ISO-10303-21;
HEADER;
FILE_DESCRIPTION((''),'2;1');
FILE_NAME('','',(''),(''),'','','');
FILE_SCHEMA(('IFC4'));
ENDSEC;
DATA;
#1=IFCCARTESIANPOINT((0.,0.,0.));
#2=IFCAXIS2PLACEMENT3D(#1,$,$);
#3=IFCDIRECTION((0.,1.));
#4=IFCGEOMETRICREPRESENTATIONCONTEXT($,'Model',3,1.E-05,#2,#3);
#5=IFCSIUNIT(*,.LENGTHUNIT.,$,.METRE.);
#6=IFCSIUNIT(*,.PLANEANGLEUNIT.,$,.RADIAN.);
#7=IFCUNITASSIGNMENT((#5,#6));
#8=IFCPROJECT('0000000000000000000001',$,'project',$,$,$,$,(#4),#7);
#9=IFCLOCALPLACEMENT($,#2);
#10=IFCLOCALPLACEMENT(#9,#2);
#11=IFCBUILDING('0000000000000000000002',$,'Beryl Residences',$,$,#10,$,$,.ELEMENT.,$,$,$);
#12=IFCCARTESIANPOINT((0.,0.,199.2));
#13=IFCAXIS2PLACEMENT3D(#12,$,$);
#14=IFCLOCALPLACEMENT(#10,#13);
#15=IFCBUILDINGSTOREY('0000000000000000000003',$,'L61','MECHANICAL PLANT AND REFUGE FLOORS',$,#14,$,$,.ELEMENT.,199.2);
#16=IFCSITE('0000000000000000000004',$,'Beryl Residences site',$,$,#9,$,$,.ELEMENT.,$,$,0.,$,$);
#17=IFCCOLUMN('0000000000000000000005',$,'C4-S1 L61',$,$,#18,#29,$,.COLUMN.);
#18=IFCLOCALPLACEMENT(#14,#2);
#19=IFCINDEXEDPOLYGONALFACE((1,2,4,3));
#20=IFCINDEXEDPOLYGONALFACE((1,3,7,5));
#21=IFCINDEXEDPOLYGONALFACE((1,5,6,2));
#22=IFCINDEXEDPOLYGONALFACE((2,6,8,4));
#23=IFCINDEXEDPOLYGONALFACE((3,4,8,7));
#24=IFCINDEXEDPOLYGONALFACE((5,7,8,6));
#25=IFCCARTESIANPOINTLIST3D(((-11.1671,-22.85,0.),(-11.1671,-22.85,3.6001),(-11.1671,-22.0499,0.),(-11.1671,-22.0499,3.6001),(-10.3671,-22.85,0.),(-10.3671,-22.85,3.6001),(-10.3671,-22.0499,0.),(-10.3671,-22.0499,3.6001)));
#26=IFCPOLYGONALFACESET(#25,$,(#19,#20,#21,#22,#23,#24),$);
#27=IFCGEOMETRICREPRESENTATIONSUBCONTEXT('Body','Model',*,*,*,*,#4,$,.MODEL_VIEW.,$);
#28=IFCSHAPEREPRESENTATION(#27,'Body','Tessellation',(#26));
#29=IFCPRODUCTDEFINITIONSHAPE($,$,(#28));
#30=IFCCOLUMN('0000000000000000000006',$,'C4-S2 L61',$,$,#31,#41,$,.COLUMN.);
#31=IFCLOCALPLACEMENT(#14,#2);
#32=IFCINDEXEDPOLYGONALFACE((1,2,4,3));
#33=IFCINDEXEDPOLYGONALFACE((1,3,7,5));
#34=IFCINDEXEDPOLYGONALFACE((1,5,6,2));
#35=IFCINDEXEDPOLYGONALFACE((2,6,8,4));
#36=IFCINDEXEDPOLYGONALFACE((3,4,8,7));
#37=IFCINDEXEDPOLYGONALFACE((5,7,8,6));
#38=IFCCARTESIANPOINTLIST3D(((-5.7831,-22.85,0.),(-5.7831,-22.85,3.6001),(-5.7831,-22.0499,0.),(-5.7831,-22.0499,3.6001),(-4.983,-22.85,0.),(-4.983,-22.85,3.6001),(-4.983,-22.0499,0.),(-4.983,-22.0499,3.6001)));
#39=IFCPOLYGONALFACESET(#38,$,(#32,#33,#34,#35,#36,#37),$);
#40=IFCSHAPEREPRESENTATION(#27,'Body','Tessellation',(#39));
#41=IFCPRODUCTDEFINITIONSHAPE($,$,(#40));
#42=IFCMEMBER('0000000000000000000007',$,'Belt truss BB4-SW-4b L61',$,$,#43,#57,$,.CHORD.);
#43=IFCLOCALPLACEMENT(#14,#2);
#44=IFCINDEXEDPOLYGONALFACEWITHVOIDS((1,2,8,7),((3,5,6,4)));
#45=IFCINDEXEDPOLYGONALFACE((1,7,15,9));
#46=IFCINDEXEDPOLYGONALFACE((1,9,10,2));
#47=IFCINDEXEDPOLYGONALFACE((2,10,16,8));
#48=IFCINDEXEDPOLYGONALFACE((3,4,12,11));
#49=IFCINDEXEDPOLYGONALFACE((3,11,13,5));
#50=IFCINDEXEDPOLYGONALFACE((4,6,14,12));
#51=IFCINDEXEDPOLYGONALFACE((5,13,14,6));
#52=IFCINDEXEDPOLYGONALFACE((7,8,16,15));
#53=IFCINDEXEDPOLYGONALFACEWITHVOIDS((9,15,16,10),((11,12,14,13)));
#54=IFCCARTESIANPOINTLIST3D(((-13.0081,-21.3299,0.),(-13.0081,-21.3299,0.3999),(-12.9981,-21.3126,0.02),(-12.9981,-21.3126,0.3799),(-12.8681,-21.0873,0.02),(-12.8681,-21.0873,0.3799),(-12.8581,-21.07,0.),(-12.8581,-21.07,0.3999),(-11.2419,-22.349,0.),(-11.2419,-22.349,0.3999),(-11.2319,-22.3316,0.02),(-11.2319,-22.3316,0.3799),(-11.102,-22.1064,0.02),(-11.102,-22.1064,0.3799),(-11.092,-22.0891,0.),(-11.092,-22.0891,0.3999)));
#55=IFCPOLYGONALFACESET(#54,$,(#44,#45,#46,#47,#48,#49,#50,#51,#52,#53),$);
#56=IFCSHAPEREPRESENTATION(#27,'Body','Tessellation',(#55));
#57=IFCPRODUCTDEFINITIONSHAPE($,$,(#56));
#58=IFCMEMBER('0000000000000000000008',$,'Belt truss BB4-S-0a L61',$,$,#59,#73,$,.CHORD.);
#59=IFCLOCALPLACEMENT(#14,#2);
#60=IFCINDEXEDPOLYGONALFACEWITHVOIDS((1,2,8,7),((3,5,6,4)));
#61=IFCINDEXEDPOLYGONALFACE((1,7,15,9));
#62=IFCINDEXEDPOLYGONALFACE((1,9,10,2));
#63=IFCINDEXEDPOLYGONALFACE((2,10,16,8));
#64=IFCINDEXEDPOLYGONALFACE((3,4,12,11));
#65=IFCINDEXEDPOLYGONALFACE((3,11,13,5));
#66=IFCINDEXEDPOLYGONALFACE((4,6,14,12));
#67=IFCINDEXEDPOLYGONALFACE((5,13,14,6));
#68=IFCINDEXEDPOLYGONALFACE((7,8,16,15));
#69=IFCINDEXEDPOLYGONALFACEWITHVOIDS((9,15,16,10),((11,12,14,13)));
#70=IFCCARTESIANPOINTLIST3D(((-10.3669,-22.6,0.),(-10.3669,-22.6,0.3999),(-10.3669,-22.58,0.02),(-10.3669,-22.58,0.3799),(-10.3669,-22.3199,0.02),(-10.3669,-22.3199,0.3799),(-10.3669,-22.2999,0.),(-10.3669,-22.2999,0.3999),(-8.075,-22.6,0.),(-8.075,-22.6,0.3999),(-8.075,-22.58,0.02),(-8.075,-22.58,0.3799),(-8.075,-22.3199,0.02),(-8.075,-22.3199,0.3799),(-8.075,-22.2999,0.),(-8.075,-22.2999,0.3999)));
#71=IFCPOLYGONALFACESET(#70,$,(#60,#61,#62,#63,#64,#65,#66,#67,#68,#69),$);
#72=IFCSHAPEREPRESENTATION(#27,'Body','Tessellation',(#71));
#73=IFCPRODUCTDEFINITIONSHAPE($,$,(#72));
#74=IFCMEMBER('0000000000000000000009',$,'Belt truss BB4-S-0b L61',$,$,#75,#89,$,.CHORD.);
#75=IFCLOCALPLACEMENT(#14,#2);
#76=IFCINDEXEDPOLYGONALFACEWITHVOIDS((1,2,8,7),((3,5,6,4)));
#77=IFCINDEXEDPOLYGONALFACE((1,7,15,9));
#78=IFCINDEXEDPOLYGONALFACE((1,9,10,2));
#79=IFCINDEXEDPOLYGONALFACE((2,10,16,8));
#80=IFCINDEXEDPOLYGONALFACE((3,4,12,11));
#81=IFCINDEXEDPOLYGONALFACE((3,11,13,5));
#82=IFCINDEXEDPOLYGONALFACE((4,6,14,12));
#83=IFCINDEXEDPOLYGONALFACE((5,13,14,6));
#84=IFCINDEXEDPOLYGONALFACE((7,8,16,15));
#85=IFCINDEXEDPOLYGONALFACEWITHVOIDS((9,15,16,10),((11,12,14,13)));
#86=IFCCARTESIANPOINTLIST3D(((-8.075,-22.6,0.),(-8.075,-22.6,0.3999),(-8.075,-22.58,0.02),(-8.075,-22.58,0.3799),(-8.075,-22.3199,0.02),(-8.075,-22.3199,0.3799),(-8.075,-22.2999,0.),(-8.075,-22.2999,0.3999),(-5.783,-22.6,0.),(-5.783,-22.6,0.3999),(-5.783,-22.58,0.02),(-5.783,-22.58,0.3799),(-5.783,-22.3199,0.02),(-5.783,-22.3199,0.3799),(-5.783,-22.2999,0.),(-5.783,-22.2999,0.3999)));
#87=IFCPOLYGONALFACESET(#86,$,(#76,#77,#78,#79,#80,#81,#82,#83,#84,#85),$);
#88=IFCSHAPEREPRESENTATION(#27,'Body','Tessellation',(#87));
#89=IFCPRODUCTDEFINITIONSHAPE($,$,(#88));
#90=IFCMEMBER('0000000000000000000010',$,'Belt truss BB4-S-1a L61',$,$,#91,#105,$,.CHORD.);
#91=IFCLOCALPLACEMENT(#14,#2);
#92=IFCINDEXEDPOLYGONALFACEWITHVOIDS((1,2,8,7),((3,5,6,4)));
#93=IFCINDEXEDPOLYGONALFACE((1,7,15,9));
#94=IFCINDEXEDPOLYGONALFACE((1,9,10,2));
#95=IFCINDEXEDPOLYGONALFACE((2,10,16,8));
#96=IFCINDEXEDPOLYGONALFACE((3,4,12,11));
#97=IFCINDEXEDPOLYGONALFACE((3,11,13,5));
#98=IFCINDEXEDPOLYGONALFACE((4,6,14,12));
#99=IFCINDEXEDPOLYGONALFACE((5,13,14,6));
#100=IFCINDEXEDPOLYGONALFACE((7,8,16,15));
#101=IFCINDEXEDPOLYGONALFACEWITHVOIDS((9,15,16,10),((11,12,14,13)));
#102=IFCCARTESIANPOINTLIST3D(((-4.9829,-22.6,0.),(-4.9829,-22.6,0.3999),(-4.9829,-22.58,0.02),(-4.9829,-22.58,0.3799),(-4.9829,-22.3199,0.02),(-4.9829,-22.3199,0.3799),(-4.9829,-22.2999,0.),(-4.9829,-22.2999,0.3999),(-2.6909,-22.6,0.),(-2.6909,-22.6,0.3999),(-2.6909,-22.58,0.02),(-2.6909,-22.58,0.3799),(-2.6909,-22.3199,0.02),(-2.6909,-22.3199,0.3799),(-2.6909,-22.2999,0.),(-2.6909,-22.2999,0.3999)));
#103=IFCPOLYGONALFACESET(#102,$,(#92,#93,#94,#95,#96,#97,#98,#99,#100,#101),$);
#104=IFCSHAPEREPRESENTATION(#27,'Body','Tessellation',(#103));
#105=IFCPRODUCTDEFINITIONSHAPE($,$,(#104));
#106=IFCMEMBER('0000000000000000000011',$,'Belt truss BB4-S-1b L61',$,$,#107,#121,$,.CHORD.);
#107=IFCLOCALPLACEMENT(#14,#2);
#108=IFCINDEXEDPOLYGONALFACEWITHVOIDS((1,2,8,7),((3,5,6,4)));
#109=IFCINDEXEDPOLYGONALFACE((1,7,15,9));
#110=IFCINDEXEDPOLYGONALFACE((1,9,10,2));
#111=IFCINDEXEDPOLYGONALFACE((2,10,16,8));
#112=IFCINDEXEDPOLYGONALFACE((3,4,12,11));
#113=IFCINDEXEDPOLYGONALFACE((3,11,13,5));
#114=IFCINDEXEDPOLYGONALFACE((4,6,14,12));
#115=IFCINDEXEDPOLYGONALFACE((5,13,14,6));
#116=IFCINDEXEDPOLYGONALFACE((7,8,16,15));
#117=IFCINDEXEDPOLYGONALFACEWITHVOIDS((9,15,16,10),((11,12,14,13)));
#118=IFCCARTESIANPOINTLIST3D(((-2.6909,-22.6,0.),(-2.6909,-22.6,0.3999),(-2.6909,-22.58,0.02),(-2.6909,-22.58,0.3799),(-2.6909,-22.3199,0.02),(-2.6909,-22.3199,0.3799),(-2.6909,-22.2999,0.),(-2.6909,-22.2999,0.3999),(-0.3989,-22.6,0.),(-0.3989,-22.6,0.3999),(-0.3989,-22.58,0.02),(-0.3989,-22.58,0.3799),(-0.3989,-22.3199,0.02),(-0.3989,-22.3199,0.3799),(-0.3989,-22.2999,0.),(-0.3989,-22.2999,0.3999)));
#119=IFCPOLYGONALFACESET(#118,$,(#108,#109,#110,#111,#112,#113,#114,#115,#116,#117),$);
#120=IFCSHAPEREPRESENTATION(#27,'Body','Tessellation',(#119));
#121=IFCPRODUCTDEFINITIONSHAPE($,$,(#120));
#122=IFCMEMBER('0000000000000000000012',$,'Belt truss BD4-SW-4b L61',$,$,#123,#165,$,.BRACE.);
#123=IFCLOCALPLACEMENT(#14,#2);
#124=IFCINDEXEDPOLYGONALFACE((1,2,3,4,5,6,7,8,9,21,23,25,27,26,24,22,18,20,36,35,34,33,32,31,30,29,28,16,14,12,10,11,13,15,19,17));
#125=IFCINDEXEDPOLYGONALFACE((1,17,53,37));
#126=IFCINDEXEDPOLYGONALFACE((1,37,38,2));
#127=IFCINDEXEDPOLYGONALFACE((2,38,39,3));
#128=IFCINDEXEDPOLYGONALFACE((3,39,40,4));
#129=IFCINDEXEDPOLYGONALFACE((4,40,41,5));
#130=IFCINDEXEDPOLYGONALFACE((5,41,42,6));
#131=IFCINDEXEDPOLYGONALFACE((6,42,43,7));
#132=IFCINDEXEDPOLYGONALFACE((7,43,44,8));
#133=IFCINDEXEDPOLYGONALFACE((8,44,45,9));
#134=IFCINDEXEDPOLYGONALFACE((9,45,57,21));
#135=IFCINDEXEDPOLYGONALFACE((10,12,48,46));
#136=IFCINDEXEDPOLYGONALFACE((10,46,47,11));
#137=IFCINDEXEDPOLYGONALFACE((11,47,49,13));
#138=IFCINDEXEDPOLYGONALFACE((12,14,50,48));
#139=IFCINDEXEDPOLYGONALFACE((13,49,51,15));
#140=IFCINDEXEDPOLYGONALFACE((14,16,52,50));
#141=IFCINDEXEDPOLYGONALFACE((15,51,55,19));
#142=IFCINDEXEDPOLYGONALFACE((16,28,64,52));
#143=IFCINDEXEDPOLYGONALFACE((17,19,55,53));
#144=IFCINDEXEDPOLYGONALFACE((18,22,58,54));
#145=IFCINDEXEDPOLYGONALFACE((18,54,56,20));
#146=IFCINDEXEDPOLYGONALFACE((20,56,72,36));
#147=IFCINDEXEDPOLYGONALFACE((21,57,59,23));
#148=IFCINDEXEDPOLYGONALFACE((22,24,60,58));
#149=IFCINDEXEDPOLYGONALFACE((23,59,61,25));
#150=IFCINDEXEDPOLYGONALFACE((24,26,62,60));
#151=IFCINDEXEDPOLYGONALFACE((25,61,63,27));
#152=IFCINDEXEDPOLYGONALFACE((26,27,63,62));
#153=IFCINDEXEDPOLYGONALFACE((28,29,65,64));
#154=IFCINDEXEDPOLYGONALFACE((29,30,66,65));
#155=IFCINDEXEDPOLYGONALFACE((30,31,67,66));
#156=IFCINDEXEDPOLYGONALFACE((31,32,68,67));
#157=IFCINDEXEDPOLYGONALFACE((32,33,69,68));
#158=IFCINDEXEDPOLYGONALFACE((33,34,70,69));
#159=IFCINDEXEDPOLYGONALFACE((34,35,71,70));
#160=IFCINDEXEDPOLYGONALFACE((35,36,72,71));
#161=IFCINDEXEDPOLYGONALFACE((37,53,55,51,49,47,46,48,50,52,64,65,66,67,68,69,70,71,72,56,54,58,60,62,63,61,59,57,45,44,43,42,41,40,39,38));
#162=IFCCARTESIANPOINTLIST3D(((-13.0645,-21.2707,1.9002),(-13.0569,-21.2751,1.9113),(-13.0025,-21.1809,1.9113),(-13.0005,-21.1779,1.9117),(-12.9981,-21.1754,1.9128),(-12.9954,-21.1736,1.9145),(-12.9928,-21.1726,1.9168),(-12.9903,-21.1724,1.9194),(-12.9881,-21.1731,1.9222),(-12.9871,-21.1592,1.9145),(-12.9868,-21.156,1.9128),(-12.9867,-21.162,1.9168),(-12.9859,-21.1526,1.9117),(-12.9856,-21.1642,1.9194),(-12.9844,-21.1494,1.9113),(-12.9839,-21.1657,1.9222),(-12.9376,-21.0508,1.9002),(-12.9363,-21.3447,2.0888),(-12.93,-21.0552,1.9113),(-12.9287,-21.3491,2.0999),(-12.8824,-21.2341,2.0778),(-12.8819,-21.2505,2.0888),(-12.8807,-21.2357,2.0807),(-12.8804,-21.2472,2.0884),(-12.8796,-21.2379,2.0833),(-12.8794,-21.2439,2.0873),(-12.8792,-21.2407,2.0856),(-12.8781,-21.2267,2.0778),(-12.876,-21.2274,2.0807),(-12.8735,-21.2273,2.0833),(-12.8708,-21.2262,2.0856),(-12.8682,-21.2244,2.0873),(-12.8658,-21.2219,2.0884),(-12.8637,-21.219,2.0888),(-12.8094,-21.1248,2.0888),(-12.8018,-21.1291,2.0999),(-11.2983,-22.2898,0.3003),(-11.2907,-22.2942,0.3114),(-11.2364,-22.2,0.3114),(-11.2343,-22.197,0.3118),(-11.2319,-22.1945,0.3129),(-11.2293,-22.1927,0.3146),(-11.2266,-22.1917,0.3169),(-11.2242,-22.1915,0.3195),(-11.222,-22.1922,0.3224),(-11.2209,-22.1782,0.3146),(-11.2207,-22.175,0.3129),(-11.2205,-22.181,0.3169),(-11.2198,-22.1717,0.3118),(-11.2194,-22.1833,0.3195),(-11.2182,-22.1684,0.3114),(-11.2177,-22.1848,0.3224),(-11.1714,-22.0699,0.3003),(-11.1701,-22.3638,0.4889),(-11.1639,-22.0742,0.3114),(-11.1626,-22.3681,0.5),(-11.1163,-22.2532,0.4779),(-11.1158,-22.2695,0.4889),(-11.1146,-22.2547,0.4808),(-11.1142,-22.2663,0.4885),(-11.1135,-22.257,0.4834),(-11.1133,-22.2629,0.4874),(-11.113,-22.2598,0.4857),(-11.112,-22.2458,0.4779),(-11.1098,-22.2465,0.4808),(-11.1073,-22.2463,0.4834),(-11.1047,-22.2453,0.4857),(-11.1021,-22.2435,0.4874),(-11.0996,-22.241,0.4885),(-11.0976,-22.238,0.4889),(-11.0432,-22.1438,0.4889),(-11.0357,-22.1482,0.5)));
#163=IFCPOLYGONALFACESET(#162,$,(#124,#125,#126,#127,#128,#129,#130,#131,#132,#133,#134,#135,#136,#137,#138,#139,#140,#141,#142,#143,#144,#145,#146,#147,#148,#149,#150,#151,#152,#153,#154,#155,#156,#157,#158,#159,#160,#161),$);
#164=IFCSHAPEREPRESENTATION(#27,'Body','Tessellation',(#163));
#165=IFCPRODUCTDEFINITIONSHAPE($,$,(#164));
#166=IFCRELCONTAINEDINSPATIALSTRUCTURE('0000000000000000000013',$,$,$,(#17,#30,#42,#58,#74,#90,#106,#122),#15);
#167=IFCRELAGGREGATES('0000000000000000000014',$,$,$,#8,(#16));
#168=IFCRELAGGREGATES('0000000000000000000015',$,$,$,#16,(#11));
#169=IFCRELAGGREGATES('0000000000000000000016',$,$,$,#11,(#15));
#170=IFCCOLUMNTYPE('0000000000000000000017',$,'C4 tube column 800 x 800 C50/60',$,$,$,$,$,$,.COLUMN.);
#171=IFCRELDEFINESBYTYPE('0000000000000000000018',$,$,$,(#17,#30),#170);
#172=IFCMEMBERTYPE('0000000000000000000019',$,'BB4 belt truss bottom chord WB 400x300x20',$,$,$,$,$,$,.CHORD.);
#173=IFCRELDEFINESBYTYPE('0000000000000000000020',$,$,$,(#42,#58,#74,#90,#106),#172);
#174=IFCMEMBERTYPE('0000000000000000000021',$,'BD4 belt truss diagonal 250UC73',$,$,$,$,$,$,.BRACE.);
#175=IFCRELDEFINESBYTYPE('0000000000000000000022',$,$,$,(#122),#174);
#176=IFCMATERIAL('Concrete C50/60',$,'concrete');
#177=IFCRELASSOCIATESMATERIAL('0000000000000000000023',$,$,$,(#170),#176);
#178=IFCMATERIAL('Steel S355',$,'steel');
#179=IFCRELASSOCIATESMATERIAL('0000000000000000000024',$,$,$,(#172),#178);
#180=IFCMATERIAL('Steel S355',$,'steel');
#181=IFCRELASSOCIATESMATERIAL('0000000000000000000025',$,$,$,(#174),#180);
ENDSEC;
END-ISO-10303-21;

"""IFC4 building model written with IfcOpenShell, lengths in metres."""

from ifc_helpers import new_model, si_unit, direction, frame, origin, origin_2d, place, context, subcontext, project, spatial, rectangle, hollow_rectangle, i_section, extrude, material, material_profile, profile_set, type_object, element, save


model = new_model("IFC4")

# Units and contexts
model_context = context("Model", 3, precision=1e-05, world=origin(), true_north=direction((0.0, 1.0)))
body_context = subcontext(model_context, "Body", "Model", "MODEL_VIEW")
ifc_project = project(units=[si_unit("LENGTHUNIT", "METRE"), si_unit("PLANEANGLEUNIT", "RADIAN")], contexts=[model_context])

# Site, building, storey
site_placement = place(None, origin())
site = spatial("IfcSite", under=ifc_project, at=site_placement, Name="Beryl Residences site", CompositionType="ELEMENT", RefElevation=0.0)
building_placement = place(site_placement, origin())
building = spatial("IfcBuilding", under=site, at=building_placement, Name="Beryl Residences", CompositionType="ELEMENT")
storey_placement = place(building_placement, frame((0.0, 0.0, 199.2)))
storey = spatial("IfcBuildingStorey", under=building, at=storey_placement, Name="L61", Description="MECHANICAL PLANT AND REFUGE FLOORS", CompositionType="ELEMENT", Elevation=199.2)

# Columns
ifc_material_1 = material(Name="Concrete C50/60", Category="concrete")
ifc_material_profile_1 = material_profile(ifc_material_1, rectangle(XDim=0.8, YDim=0.8, at=origin_2d()))
ifc_profile_set_1 = profile_set([ifc_material_profile_1], Name="Concrete C50/60")
column_type = type_object("IfcColumnType", Name="C4 tube column 800 x 800 C50/60", PredefinedType="COLUMN", material=ifc_profile_set_1)
for number, where, z_axis, x_axis, name in (
    (1, (-10.7671, -22.45, 0.0), (0.0, 0.0, 1.0), (1.0, 0.0, 0.0), "C4-S1 L61"),
    (2, (-5.3831, -22.45, 0.0), (0.0, 0.0, 1.0), (1.0, 0.0, 0.0), "C4-S2 L61"),
):
    element("IfcColumn", number, at=place(storey_placement, frame(where, z_axis=z_axis, x_axis=x_axis)), inside=storey, type_object=column_type, Name=name, PredefinedType="COLUMN", context=body_context, shape_type="SweptSolid", body=[
        extrude(rectangle(XDim=0.8, YDim=0.8, at=origin_2d()), origin(), (0.0, 0.0, 1.0), 3.6001),
    ])

# Members
ifc_material_2 = material(Name="Steel S355", Category="steel")
ifc_material_profile_2 = material_profile(ifc_material_2, hollow_rectangle(XDim=0.3, YDim=0.3999, WallThickness=0.02, at=origin_2d()))
ifc_profile_set_2 = profile_set([ifc_material_profile_2], Name="Steel S355")
member_type_1 = type_object("IfcMemberType", Name="BB4 belt truss bottom chord WB 400x300x20", PredefinedType="CHORD", material=ifc_profile_set_2)
member_1_placement = place(storey_placement, frame((-12.9331, -21.2, 0.2), z_axis=(0.866158, -0.499771, 0.0), x_axis=(0.499771, 0.866158, 0.0)))
element("IfcMember", 3, at=member_1_placement, inside=storey, type_object=member_type_1, Name="Belt truss BB4-SW-4b L61", PredefinedType="CHORD", context=body_context, shape_type="SweptSolid", body=[
    extrude(hollow_rectangle(XDim=0.3, YDim=0.3999, WallThickness=0.02, at=origin_2d()), origin(), (0.0, 0.0, 1.0), 2.0391),
])
for number, where, z_axis, x_axis, name in (
    (4, (-10.3669, -22.45, 0.2), (1.0, 0.0, 0.0), (0.0, 1.0, 0.0), "Belt truss BB4-S-0a L61"),
    (5, (-8.075, -22.45, 0.2), (1.0, 0.0, 0.0), (0.0, 1.0, 0.0), "Belt truss BB4-S-0b L61"),
    (6, (-4.9829, -22.45, 0.2), (1.0, 0.0, 0.0), (0.0, 1.0, 0.0), "Belt truss BB4-S-1a L61"),
    (7, (-2.6909, -22.45, 0.2), (1.0, 0.0, 0.0), (0.0, 1.0, 0.0), "Belt truss BB4-S-1b L61"),
):
    element("IfcMember", number, at=place(storey_placement, frame(where, z_axis=z_axis, x_axis=x_axis)), inside=storey, type_object=member_type_1, Name=name, PredefinedType="CHORD", context=body_context, shape_type="SweptSolid", body=[
        extrude(hollow_rectangle(XDim=0.3, YDim=0.3999, WallThickness=0.02, at=origin_2d()), origin(), (0.0, 0.0, 1.0), 2.292),
    ])
ifc_material_3 = material(Name="Steel S355", Category="steel")
ifc_material_profile_3 = material_profile(ifc_material_3, i_section(OverallWidth=0.2539, OverallDepth=0.2539, WebThickness=0.0085, FlangeThickness=0.0142, FilletRadius=0.0139, at=origin_2d()))
ifc_profile_set_3 = profile_set([ifc_material_profile_3], Name="Steel S355")
member_type_2 = type_object("IfcMemberType", Name="BD4 belt truss diagonal 250UC73", PredefinedType="BRACE", material=ifc_profile_set_3)
member_2_placement = place(storey_placement, frame((-11.167, -22.219, 0.4001), z_axis=(-0.681438, 0.393188, 0.617288), x_axis=(-0.499771, -0.866158, 0.0)))
element("IfcMember", 8, at=member_2_placement, inside=storey, type_object=member_type_2, Name="Belt truss BD4-SW-4b L61", PredefinedType="BRACE", context=body_context, shape_type="SweptSolid", body=[
    extrude(i_section(OverallWidth=0.2539, OverallDepth=0.2539, WebThickness=0.0085, FlangeThickness=0.0142, FilletRadius=0.0139, at=origin_2d()), origin(), (0.0, 0.0, 1.0), 2.5918),
])

save(model, "model.ifc")
